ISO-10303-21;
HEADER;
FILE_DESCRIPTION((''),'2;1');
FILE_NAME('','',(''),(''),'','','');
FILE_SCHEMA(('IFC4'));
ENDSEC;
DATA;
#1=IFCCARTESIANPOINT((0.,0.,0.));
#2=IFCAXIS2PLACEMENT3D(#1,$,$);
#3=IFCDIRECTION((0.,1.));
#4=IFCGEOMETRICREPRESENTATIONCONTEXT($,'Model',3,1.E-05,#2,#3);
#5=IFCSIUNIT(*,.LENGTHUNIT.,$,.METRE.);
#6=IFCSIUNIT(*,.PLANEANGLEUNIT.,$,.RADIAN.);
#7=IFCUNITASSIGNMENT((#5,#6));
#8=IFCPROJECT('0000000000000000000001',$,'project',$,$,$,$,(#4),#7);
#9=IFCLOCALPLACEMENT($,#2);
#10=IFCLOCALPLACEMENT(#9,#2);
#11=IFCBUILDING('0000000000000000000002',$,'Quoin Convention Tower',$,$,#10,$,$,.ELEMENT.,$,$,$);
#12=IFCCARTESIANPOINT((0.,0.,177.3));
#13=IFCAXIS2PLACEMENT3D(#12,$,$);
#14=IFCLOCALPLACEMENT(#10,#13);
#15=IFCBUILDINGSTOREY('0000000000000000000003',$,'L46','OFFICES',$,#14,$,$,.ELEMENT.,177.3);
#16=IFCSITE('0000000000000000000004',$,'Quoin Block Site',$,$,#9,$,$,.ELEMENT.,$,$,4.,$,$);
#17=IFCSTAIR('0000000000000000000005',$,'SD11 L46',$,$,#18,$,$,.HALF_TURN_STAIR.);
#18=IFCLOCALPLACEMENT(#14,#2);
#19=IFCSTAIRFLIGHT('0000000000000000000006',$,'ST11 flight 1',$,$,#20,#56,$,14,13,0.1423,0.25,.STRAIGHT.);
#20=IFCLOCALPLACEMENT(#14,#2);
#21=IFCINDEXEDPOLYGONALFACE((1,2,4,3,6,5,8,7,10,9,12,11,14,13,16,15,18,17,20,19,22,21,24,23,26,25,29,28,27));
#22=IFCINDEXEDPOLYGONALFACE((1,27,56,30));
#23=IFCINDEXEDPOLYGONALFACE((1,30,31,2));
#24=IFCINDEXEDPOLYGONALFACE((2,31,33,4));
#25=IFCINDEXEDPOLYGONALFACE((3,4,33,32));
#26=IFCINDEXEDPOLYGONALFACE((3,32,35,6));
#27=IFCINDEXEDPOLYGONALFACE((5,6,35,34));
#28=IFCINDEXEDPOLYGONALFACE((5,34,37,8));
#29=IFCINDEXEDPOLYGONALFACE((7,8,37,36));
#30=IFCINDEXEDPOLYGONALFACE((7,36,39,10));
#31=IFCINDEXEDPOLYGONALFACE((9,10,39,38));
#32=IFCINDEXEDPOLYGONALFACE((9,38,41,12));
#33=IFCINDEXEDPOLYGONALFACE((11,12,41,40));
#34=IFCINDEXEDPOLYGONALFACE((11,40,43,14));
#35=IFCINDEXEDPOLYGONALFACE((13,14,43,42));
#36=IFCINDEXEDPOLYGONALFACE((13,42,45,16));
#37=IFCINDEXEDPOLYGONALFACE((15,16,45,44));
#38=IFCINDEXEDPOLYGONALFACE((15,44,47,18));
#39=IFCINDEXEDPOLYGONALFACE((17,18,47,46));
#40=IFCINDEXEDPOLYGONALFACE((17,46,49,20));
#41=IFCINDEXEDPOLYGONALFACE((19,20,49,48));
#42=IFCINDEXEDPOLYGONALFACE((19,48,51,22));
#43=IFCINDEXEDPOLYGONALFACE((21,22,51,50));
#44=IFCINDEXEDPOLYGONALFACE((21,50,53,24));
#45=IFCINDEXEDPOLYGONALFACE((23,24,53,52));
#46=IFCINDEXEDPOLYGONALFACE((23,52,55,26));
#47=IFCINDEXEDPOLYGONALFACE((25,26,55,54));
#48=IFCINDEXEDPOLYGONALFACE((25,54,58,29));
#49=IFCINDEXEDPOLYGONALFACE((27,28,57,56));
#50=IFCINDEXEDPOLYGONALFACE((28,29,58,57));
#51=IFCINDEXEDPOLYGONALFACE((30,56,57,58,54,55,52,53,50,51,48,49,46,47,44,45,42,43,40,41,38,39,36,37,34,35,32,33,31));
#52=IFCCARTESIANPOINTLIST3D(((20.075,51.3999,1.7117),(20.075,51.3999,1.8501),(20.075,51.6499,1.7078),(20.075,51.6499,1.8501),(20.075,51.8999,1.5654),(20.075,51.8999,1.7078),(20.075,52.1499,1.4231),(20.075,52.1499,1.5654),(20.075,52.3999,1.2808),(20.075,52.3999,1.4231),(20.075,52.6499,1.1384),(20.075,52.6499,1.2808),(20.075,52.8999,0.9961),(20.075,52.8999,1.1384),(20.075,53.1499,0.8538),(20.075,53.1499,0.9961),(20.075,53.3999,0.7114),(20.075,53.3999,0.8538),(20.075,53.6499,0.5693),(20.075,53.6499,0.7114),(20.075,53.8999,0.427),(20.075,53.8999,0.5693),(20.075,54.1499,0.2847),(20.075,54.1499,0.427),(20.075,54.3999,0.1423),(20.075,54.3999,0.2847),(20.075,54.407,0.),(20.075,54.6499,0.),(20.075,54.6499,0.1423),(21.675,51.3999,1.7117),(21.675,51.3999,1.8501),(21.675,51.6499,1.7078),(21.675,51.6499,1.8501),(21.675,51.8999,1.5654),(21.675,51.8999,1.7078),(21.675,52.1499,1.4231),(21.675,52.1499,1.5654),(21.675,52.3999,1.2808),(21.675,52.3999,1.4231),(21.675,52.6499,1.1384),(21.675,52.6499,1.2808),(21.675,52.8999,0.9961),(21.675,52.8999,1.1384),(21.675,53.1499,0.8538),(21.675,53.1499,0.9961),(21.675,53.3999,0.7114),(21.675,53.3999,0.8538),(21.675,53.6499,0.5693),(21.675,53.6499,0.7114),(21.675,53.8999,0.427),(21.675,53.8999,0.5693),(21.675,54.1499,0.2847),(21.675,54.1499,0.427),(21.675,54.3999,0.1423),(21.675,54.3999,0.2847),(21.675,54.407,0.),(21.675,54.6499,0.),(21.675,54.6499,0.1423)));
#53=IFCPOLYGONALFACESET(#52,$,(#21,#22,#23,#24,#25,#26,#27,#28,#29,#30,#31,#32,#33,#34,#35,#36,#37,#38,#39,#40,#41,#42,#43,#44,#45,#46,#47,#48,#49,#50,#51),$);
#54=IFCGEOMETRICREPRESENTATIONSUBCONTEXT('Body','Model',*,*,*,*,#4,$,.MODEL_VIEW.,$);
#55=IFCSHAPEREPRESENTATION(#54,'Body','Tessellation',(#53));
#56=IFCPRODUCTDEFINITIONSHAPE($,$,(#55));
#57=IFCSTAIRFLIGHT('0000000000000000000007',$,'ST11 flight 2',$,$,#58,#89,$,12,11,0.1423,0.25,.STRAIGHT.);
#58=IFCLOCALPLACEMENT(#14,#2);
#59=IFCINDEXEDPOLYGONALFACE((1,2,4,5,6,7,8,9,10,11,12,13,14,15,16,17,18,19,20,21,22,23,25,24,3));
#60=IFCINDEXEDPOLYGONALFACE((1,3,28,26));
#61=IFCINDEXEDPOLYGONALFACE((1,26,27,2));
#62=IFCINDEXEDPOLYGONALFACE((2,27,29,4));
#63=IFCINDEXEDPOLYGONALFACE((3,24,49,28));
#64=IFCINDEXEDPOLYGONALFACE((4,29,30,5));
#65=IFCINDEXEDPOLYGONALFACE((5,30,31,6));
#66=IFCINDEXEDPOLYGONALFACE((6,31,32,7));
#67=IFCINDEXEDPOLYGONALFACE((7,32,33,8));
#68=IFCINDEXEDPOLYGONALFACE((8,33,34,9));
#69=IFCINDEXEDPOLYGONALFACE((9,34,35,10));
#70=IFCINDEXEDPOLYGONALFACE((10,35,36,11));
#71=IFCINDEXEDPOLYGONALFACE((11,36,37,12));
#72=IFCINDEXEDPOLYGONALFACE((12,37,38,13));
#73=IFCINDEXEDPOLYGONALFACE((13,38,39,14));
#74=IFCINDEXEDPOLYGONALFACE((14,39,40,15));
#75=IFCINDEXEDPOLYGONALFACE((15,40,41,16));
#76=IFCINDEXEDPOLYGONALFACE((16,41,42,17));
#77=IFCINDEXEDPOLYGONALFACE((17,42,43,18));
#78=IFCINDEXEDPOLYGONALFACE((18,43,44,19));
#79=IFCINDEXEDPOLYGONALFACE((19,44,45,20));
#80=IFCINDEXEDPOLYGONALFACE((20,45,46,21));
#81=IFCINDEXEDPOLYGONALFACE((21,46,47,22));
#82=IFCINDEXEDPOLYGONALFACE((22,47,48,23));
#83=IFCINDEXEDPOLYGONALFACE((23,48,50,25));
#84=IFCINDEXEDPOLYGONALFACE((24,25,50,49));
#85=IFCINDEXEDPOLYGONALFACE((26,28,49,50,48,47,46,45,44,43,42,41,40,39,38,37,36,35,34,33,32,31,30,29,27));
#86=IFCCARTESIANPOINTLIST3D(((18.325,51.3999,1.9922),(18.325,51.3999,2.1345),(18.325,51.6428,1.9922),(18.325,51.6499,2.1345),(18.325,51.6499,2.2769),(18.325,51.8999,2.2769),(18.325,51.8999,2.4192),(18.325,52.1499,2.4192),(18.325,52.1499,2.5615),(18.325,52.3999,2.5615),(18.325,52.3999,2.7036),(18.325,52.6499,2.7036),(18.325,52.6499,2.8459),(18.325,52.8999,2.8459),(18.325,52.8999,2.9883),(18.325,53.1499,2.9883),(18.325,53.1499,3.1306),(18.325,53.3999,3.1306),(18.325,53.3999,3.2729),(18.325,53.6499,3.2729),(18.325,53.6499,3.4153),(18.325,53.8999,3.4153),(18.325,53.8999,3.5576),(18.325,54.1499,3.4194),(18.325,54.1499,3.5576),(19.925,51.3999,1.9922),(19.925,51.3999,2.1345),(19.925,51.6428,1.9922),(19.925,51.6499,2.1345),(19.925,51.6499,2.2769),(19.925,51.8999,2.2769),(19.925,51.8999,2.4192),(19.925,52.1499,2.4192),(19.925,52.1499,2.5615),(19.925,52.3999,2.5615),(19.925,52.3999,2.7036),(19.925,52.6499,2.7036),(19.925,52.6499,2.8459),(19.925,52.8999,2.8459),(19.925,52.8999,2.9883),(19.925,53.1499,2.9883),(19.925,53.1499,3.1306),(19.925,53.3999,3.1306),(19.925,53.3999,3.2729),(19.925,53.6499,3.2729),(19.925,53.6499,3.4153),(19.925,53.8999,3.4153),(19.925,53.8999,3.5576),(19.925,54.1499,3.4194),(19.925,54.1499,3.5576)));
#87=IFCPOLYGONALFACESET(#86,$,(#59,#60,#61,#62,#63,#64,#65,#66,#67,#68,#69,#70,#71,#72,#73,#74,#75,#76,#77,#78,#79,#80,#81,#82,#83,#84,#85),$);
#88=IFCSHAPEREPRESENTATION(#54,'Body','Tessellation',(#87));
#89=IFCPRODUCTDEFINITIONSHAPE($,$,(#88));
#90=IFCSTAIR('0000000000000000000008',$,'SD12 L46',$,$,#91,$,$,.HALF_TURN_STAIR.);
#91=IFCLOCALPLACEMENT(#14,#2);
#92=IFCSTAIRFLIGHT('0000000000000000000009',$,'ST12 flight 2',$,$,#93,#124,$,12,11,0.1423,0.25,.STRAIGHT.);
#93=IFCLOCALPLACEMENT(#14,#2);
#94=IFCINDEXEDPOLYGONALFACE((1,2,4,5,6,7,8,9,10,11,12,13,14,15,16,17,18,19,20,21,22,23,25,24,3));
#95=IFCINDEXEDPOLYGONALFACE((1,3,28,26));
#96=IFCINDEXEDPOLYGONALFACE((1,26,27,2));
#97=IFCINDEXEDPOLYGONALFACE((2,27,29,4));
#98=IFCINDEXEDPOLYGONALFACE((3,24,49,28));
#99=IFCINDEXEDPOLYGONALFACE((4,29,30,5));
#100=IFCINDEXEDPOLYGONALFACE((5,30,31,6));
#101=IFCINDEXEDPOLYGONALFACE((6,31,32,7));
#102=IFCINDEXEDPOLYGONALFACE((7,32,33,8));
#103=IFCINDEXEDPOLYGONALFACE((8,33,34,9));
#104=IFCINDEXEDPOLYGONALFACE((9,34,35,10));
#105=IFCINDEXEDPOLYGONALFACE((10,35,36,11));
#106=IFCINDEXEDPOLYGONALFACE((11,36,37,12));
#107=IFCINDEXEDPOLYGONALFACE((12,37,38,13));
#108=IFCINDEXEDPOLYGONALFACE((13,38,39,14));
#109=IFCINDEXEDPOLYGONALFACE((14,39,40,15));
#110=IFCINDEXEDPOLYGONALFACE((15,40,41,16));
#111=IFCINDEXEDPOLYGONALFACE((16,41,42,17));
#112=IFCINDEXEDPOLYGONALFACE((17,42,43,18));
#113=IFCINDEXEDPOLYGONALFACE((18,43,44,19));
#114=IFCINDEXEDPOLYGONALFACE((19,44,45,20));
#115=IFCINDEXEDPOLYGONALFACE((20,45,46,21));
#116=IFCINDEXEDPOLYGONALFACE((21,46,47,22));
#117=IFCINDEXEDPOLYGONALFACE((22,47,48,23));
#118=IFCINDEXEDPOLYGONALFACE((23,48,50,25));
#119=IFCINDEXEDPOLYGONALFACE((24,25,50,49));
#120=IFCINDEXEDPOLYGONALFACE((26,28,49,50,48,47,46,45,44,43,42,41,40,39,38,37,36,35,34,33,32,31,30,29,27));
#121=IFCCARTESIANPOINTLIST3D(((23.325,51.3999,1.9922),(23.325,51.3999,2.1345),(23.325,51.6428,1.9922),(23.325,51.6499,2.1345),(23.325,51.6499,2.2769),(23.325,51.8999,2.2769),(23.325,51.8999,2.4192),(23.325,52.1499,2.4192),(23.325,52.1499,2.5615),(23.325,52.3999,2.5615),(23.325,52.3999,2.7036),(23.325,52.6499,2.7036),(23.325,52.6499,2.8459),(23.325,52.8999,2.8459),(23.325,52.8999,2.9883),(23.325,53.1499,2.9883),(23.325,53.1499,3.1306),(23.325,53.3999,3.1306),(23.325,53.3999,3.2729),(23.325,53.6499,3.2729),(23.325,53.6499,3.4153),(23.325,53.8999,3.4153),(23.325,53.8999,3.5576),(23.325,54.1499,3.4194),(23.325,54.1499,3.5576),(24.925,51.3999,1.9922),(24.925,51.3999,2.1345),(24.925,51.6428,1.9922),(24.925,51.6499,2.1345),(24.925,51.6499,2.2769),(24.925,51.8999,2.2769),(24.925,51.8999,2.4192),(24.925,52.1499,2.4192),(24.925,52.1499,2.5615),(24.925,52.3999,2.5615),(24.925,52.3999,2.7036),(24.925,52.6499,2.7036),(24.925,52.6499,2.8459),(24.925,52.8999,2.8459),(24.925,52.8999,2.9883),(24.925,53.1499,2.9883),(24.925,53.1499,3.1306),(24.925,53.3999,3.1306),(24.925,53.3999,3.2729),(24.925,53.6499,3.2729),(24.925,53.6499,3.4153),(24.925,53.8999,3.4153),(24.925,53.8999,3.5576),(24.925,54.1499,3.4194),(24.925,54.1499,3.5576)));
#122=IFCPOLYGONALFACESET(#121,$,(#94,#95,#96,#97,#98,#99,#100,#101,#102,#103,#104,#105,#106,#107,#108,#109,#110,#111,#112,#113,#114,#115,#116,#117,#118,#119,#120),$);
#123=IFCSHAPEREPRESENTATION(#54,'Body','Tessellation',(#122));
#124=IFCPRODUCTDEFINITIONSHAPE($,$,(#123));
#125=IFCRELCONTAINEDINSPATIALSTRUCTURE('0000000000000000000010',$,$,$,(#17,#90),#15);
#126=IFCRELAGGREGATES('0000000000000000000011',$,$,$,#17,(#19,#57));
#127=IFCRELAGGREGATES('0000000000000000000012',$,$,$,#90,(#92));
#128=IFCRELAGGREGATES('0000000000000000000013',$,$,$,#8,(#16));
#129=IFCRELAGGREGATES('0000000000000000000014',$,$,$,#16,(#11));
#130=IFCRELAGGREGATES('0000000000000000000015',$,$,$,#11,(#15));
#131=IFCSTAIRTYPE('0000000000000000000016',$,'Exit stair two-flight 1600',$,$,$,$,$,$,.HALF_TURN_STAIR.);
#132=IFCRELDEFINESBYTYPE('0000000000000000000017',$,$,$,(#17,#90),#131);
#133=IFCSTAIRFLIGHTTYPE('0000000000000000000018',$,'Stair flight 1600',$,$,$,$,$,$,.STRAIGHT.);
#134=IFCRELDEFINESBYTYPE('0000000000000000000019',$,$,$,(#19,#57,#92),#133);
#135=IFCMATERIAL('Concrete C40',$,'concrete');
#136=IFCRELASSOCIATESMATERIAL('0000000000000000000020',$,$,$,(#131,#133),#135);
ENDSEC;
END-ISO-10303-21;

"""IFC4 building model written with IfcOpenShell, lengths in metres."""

from ifc_helpers import new_model, si_unit, direction, frame, origin, place, context, subcontext, project, spatial, polyline, outline, extrude, material, type_object, element, aggregate, save


model = new_model("IFC4")

# Units and contexts
model_context = context("Model", 3, precision=1e-05, world=origin(), true_north=direction((0.0, 1.0)))
body_context = subcontext(model_context, "Body", "Model", "MODEL_VIEW")
ifc_project = project(units=[si_unit("LENGTHUNIT", "METRE"), si_unit("PLANEANGLEUNIT", "RADIAN")], contexts=[model_context])

# Site, building, storey
site_placement = place(None, origin())
site = spatial("IfcSite", under=ifc_project, at=site_placement, Name="Quoin Block Site", CompositionType="ELEMENT", RefElevation=4.0)
building_placement = place(site_placement, origin())
building = spatial("IfcBuilding", under=site, at=building_placement, Name="Quoin Convention Tower", CompositionType="ELEMENT")
storey_placement = place(building_placement, frame((0.0, 0.0, 177.3)))
storey = spatial("IfcBuildingStorey", under=building, at=storey_placement, Name="L46", Description="OFFICES", CompositionType="ELEMENT", Elevation=177.3)

# Stair, stair flights
ifc_material_1 = material(Name="Concrete C40", Category="concrete")
stair_type = type_object("IfcStairType", Name="Exit stair two-flight 1600", PredefinedType="HALF_TURN_STAIR", material=ifc_material_1)
stair_1_placement = place(storey_placement, origin())
stair_1 = element("IfcStair", 1, at=stair_1_placement, inside=storey, type_object=stair_type, Name="SD11 L46", PredefinedType="HALF_TURN_STAIR")
stair_flight_type = type_object("IfcStairFlightType", Name="Stair flight 1600", PredefinedType="STRAIGHT", material=ifc_material_1)
stair_flight_1_placement = place(storey_placement, frame((20.875, 54.6499, 0.0), z_axis=(0.0, 0.0, 1.0), x_axis=(0.0, -1.0, 0.0)))
stair_flight_1 = element("IfcStairFlight", 2, at=stair_flight_1_placement, type_object=stair_flight_type, Name="ST11 flight 1", NumberOfRisers=14, NumberOfTreads=13, PredefinedType="STRAIGHT", RiserHeight=0.1423, TreadLength=0.25, context=body_context, shape_type="SweptSolid", body=[
    extrude(outline(polyline([(0.0, 0.0), (0.0, 0.1423), (0.25, 0.1423), (0.25, 0.2847), (0.5, 0.2847), (0.5, 0.427), (0.75, 0.427), (0.75, 0.5693), (1.0, 0.5693), (1.0, 0.7114), (1.25, 0.7114), (1.25, 0.8538), (1.5, 0.8538), (1.5, 0.9961), (1.75, 0.9961), (1.75, 1.1384), (2.0, 1.1384), (2.0, 1.2808), (2.25, 1.2808), (2.25, 1.4231), (2.5, 1.4231), (2.5, 1.5654), (2.75, 1.5654), (2.75, 1.7078), (3.0, 1.7078), (3.0, 1.8501), (3.25, 1.8501), (3.25, 1.9922), (3.25, 1.7117), (0.2429, 0.0), (0.0, 0.0)])), frame((0.0, 0.8, 0.0), z_axis=(0.0, -1.0, 0.0), x_axis=(1.0, 0.0, 0.0)), (0.0, 0.0, 1.0), 1.6001),
])
stair_flight_2_placement = place(storey_placement, frame((19.125, 51.3999, 1.9922), z_axis=(0.0, 0.0, 1.0), x_axis=(0.0, 1.0, 0.0)))
stair_flight_2 = element("IfcStairFlight", 3, at=stair_flight_2_placement, type_object=stair_flight_type, Name="ST11 flight 2", NumberOfRisers=12, NumberOfTreads=11, PredefinedType="STRAIGHT", RiserHeight=0.1423, TreadLength=0.25, context=body_context, shape_type="SweptSolid", body=[
    extrude(outline(polyline([(0.0, 0.0), (0.0, 0.1423), (0.25, 0.1423), (0.25, 0.2847), (0.5, 0.2847), (0.5, 0.427), (0.75, 0.427), (0.75, 0.5693), (1.0, 0.5693), (1.0, 0.7114), (1.25, 0.7114), (1.25, 0.8538), (1.5, 0.8538), (1.5, 0.9961), (1.75, 0.9961), (1.75, 1.1384), (2.0, 1.1384), (2.0, 1.2808), (2.25, 1.2808), (2.25, 1.4231), (2.5, 1.4231), (2.5, 1.5654), (2.75, 1.5654), (2.75, 1.7078), (2.75, 1.4272), (0.2429, 0.0), (0.0, 0.0)])), frame((0.0, 0.8, 0.0), z_axis=(0.0, -1.0, 0.0), x_axis=(1.0, 0.0, 0.0)), (0.0, 0.0, 1.0), 1.6001),
])
aggregate(stair_1, [stair_flight_1, stair_flight_2])

# Stair, stair flight
stair_2_placement = place(storey_placement, origin())
stair_2 = element("IfcStair", 4, at=stair_2_placement, inside=storey, type_object=stair_type, Name="SD12 L46", PredefinedType="HALF_TURN_STAIR")
stair_flight_3_placement = place(storey_placement, frame((24.125, 51.3999, 1.9922), z_axis=(0.0, 0.0, 1.0), x_axis=(0.0, 1.0, 0.0)))
stair_flight_3 = element("IfcStairFlight", 5, at=stair_flight_3_placement, type_object=stair_flight_type, Name="ST12 flight 2", NumberOfRisers=12, NumberOfTreads=11, PredefinedType="STRAIGHT", RiserHeight=0.1423, TreadLength=0.25, context=body_context, shape_type="SweptSolid", body=[
    extrude(outline(polyline([(0.0, 0.0), (0.0, 0.1423), (0.25, 0.1423), (0.25, 0.2847), (0.5, 0.2847), (0.5, 0.427), (0.75, 0.427), (0.75, 0.5693), (1.0, 0.5693), (1.0, 0.7114), (1.25, 0.7114), (1.25, 0.8538), (1.5, 0.8538), (1.5, 0.9961), (1.75, 0.9961), (1.75, 1.1384), (2.0, 1.1384), (2.0, 1.2808), (2.25, 1.2808), (2.25, 1.4231), (2.5, 1.4231), (2.5, 1.5654), (2.75, 1.5654), (2.75, 1.7078), (2.75, 1.4272), (0.2429, 0.0), (0.0, 0.0)])), frame((0.0, 0.8, 0.0), z_axis=(0.0, -1.0, 0.0), x_axis=(1.0, 0.0, 0.0)), (0.0, 0.0, 1.0), 1.6001),
])
aggregate(stair_2, [stair_flight_3])

save(model, "model.ifc")
